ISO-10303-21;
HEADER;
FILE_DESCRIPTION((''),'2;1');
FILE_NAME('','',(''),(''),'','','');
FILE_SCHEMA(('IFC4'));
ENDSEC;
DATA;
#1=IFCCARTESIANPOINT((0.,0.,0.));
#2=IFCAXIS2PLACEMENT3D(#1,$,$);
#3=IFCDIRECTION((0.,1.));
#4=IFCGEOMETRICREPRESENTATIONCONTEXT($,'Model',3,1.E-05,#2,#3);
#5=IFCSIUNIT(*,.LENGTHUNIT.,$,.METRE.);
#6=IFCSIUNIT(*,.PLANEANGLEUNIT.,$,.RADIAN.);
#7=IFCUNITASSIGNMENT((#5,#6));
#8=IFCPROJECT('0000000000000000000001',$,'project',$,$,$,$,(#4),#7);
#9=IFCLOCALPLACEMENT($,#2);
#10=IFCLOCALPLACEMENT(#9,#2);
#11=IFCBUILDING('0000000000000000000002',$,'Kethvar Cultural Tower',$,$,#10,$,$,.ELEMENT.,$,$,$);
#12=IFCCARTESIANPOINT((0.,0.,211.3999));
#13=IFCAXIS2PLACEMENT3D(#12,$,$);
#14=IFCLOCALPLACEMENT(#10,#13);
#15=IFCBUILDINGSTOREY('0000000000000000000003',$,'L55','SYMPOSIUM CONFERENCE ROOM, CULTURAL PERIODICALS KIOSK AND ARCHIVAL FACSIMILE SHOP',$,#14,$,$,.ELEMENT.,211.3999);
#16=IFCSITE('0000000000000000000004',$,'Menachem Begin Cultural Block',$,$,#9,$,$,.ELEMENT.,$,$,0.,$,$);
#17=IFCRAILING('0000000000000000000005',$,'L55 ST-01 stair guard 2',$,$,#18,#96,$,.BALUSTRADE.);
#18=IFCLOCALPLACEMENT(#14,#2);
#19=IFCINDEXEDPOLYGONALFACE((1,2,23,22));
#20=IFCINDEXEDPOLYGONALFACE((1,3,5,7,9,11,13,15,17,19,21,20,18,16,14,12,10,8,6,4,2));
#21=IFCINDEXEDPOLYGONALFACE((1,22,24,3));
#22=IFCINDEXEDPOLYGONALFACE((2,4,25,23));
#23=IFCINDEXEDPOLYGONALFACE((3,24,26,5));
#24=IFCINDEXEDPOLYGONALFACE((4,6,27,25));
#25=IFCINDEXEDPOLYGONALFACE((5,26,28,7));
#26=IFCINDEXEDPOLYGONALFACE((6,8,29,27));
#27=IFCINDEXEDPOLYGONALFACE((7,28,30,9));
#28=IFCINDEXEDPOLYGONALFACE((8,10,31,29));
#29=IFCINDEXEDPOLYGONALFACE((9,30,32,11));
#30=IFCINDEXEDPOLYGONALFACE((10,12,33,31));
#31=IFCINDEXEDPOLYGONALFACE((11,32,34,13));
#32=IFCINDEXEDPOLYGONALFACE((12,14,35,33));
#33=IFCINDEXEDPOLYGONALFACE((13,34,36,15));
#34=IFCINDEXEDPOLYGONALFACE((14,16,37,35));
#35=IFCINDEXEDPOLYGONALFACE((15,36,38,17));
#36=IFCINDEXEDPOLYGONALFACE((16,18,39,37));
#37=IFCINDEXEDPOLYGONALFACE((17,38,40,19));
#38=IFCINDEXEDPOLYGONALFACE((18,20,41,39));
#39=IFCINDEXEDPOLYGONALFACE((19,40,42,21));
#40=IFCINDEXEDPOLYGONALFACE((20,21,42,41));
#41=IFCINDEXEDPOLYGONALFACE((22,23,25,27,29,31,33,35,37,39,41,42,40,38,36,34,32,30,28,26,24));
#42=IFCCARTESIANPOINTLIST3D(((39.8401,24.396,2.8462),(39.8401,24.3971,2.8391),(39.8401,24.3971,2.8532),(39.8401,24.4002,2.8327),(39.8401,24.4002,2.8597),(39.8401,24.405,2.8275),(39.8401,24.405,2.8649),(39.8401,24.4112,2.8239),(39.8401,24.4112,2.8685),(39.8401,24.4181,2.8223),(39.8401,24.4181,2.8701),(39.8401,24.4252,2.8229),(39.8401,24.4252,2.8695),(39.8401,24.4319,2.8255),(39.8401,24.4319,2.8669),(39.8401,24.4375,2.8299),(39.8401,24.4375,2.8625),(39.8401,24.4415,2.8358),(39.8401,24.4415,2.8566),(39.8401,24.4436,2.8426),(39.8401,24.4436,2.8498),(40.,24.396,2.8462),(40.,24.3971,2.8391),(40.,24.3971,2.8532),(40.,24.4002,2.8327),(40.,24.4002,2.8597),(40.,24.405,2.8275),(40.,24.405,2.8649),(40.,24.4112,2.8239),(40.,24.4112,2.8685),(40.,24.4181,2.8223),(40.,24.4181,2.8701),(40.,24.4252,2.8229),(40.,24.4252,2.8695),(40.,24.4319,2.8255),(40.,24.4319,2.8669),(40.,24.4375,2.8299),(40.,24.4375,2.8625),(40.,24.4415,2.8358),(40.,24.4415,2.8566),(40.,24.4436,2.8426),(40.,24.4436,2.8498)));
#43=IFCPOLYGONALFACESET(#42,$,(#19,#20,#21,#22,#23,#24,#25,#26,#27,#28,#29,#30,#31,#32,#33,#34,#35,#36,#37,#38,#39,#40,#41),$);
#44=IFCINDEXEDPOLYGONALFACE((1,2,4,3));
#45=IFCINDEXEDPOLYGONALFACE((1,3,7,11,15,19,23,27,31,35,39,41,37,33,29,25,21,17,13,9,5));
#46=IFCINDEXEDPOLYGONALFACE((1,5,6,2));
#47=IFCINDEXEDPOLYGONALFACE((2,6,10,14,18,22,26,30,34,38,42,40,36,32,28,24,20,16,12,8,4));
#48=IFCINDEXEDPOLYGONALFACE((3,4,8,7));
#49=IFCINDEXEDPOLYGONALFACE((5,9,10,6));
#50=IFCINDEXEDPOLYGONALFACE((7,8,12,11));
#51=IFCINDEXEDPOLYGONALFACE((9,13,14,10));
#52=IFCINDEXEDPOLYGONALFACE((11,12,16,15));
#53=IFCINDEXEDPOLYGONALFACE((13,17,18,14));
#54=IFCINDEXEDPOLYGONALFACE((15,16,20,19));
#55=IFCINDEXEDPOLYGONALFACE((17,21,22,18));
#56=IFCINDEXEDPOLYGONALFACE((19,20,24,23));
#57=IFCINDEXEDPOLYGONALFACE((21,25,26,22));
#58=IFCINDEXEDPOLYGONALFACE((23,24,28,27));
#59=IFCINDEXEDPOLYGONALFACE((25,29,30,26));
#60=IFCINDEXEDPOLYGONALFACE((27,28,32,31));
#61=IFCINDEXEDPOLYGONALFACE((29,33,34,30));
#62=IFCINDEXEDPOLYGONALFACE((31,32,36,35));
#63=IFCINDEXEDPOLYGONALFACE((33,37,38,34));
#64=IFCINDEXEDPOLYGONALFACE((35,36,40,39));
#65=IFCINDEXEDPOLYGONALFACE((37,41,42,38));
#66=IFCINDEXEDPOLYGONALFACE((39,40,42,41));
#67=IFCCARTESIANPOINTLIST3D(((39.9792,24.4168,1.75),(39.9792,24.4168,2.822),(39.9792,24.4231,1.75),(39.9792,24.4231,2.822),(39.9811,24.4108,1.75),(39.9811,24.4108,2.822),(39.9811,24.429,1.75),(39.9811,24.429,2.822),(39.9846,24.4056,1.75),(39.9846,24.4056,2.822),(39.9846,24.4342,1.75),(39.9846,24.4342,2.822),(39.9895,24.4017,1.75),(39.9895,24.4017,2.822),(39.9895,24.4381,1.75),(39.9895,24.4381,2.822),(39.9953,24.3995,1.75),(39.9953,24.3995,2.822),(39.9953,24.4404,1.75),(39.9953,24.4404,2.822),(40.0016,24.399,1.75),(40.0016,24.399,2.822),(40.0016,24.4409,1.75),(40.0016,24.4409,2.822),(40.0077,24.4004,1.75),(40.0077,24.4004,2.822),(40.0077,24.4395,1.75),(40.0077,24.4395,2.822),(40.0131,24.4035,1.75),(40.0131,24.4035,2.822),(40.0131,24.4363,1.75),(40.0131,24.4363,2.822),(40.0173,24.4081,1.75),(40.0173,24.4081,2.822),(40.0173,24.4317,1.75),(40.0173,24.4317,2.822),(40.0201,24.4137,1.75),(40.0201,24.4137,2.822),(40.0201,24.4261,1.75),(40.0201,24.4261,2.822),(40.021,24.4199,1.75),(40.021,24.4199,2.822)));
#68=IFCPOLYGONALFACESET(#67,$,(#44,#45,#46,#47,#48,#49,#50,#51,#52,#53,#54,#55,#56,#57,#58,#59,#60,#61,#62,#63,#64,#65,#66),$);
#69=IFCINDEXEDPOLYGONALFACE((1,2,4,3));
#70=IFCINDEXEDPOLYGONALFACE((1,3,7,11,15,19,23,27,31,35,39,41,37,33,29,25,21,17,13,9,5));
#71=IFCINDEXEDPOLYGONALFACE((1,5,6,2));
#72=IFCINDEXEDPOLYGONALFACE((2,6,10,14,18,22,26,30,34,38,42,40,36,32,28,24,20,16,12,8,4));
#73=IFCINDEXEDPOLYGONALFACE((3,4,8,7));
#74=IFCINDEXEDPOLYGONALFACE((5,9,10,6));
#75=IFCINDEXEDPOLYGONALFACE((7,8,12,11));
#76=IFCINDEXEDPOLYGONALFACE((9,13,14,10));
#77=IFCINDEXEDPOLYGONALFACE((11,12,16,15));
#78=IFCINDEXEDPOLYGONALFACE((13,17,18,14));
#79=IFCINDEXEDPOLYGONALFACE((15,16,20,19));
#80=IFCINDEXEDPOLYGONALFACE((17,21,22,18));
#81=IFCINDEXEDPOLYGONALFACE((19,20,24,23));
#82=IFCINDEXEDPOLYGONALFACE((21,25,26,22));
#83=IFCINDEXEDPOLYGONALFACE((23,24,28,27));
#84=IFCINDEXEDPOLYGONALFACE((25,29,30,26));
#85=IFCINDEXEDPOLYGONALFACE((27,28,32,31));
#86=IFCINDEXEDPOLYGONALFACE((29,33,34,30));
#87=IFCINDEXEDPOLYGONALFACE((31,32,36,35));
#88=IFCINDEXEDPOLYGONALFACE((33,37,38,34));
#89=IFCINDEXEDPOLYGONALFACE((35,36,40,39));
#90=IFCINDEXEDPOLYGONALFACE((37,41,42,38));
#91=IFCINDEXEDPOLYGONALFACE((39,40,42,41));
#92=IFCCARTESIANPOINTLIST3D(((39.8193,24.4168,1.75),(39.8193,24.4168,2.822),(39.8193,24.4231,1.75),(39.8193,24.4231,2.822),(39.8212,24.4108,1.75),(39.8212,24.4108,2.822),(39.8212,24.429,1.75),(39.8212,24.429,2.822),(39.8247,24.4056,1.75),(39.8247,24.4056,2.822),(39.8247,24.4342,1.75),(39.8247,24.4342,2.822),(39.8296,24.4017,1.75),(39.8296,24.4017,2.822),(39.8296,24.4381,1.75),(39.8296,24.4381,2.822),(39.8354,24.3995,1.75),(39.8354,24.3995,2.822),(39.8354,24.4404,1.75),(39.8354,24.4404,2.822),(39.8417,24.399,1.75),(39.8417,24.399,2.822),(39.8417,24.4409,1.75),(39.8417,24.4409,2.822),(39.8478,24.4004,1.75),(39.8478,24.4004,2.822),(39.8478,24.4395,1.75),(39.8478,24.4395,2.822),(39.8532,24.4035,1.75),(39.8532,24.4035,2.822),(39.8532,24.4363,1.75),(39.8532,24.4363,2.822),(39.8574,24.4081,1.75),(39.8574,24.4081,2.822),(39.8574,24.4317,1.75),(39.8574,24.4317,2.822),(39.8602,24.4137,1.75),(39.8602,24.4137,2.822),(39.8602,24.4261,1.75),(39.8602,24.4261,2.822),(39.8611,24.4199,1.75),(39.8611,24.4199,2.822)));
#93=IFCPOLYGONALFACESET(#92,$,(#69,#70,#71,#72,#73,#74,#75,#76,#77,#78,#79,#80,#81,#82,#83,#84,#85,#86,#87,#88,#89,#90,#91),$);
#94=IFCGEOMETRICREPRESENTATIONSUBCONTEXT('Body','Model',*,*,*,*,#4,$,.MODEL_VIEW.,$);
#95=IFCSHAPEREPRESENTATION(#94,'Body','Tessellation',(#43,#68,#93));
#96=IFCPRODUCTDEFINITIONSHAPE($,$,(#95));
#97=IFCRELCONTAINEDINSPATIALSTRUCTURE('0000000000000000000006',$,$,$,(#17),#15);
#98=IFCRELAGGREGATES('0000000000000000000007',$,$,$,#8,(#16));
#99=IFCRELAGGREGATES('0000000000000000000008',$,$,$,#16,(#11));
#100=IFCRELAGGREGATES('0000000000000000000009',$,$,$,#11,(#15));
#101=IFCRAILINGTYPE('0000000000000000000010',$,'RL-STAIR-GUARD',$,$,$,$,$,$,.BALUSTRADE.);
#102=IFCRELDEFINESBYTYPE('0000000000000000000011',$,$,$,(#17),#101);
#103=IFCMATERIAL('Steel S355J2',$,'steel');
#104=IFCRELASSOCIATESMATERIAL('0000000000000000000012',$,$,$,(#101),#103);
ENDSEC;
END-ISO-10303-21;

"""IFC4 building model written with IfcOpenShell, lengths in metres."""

from ifc_helpers import new_model, si_unit, direction, frame, origin, origin_2d, place, context, subcontext, project, spatial, circle, extrude, material, type_object, element, save


model = new_model("IFC4")

# Units and contexts
model_context = context("Model", 3, precision=1e-05, world=origin(), true_north=direction((0.0, 1.0)))
body_context = subcontext(model_context, "Body", "Model", "MODEL_VIEW")
ifc_project = project(units=[si_unit("LENGTHUNIT", "METRE"), si_unit("PLANEANGLEUNIT", "RADIAN")], contexts=[model_context])

# Site, building, storey
site_placement = place(None, origin())
site = spatial("IfcSite", under=ifc_project, at=site_placement, Name="Menachem Begin Cultural Block", CompositionType="ELEMENT", RefElevation=0.0)
building_placement = place(site_placement, origin())
building = spatial("IfcBuilding", under=site, at=building_placement, Name="Kethvar Cultural Tower", CompositionType="ELEMENT")
storey_placement = place(building_placement, frame((0.0, 0.0, 211.3999)))
storey = spatial("IfcBuildingStorey", under=building, at=storey_placement, Name="L55", Description="SYMPOSIUM CONFERENCE ROOM, CULTURAL PERIODICALS KIOSK AND ARCHIVAL FACSIMILE SHOP", CompositionType="ELEMENT", Elevation=211.3999)

# Shared definitions
ifc_material_1 = material(Name="Steel S355J2", Category="steel")

# Railing
railing_type_1 = type_object("IfcRailingType", Name="RL-STAIR-GUARD", PredefinedType="BALUSTRADE", material=ifc_material_1)
railing_1_placement = place(storey_placement, frame((40.0, 24.4199, 1.75)))
element("IfcRailing", 1, at=railing_1_placement, inside=storey, type_object=railing_type_1, Name="L55 ST-01 stair guard 2", PredefinedType="BALUSTRADE", context=body_context, shape_type="SweptSolid", body=[
    extrude(circle(Radius=0.0239, at=origin_2d()), frame((0.0, 0.0, 1.0962), z_axis=(-1.0, 0.0, 0.0), x_axis=(0.0, -1.0, 0.0)), (0.0, 0.0, 1.0), 0.1599),
    extrude(circle(Radius=0.021, at=origin_2d()), origin(), (0.0, 0.0, 1.0), 1.072),
    extrude(circle(Radius=0.021, at=origin_2d()), frame((-0.1599, 0.0, 0.0)), (0.0, 0.0, 1.0), 1.072),
])

save(model, "model.ifc")
